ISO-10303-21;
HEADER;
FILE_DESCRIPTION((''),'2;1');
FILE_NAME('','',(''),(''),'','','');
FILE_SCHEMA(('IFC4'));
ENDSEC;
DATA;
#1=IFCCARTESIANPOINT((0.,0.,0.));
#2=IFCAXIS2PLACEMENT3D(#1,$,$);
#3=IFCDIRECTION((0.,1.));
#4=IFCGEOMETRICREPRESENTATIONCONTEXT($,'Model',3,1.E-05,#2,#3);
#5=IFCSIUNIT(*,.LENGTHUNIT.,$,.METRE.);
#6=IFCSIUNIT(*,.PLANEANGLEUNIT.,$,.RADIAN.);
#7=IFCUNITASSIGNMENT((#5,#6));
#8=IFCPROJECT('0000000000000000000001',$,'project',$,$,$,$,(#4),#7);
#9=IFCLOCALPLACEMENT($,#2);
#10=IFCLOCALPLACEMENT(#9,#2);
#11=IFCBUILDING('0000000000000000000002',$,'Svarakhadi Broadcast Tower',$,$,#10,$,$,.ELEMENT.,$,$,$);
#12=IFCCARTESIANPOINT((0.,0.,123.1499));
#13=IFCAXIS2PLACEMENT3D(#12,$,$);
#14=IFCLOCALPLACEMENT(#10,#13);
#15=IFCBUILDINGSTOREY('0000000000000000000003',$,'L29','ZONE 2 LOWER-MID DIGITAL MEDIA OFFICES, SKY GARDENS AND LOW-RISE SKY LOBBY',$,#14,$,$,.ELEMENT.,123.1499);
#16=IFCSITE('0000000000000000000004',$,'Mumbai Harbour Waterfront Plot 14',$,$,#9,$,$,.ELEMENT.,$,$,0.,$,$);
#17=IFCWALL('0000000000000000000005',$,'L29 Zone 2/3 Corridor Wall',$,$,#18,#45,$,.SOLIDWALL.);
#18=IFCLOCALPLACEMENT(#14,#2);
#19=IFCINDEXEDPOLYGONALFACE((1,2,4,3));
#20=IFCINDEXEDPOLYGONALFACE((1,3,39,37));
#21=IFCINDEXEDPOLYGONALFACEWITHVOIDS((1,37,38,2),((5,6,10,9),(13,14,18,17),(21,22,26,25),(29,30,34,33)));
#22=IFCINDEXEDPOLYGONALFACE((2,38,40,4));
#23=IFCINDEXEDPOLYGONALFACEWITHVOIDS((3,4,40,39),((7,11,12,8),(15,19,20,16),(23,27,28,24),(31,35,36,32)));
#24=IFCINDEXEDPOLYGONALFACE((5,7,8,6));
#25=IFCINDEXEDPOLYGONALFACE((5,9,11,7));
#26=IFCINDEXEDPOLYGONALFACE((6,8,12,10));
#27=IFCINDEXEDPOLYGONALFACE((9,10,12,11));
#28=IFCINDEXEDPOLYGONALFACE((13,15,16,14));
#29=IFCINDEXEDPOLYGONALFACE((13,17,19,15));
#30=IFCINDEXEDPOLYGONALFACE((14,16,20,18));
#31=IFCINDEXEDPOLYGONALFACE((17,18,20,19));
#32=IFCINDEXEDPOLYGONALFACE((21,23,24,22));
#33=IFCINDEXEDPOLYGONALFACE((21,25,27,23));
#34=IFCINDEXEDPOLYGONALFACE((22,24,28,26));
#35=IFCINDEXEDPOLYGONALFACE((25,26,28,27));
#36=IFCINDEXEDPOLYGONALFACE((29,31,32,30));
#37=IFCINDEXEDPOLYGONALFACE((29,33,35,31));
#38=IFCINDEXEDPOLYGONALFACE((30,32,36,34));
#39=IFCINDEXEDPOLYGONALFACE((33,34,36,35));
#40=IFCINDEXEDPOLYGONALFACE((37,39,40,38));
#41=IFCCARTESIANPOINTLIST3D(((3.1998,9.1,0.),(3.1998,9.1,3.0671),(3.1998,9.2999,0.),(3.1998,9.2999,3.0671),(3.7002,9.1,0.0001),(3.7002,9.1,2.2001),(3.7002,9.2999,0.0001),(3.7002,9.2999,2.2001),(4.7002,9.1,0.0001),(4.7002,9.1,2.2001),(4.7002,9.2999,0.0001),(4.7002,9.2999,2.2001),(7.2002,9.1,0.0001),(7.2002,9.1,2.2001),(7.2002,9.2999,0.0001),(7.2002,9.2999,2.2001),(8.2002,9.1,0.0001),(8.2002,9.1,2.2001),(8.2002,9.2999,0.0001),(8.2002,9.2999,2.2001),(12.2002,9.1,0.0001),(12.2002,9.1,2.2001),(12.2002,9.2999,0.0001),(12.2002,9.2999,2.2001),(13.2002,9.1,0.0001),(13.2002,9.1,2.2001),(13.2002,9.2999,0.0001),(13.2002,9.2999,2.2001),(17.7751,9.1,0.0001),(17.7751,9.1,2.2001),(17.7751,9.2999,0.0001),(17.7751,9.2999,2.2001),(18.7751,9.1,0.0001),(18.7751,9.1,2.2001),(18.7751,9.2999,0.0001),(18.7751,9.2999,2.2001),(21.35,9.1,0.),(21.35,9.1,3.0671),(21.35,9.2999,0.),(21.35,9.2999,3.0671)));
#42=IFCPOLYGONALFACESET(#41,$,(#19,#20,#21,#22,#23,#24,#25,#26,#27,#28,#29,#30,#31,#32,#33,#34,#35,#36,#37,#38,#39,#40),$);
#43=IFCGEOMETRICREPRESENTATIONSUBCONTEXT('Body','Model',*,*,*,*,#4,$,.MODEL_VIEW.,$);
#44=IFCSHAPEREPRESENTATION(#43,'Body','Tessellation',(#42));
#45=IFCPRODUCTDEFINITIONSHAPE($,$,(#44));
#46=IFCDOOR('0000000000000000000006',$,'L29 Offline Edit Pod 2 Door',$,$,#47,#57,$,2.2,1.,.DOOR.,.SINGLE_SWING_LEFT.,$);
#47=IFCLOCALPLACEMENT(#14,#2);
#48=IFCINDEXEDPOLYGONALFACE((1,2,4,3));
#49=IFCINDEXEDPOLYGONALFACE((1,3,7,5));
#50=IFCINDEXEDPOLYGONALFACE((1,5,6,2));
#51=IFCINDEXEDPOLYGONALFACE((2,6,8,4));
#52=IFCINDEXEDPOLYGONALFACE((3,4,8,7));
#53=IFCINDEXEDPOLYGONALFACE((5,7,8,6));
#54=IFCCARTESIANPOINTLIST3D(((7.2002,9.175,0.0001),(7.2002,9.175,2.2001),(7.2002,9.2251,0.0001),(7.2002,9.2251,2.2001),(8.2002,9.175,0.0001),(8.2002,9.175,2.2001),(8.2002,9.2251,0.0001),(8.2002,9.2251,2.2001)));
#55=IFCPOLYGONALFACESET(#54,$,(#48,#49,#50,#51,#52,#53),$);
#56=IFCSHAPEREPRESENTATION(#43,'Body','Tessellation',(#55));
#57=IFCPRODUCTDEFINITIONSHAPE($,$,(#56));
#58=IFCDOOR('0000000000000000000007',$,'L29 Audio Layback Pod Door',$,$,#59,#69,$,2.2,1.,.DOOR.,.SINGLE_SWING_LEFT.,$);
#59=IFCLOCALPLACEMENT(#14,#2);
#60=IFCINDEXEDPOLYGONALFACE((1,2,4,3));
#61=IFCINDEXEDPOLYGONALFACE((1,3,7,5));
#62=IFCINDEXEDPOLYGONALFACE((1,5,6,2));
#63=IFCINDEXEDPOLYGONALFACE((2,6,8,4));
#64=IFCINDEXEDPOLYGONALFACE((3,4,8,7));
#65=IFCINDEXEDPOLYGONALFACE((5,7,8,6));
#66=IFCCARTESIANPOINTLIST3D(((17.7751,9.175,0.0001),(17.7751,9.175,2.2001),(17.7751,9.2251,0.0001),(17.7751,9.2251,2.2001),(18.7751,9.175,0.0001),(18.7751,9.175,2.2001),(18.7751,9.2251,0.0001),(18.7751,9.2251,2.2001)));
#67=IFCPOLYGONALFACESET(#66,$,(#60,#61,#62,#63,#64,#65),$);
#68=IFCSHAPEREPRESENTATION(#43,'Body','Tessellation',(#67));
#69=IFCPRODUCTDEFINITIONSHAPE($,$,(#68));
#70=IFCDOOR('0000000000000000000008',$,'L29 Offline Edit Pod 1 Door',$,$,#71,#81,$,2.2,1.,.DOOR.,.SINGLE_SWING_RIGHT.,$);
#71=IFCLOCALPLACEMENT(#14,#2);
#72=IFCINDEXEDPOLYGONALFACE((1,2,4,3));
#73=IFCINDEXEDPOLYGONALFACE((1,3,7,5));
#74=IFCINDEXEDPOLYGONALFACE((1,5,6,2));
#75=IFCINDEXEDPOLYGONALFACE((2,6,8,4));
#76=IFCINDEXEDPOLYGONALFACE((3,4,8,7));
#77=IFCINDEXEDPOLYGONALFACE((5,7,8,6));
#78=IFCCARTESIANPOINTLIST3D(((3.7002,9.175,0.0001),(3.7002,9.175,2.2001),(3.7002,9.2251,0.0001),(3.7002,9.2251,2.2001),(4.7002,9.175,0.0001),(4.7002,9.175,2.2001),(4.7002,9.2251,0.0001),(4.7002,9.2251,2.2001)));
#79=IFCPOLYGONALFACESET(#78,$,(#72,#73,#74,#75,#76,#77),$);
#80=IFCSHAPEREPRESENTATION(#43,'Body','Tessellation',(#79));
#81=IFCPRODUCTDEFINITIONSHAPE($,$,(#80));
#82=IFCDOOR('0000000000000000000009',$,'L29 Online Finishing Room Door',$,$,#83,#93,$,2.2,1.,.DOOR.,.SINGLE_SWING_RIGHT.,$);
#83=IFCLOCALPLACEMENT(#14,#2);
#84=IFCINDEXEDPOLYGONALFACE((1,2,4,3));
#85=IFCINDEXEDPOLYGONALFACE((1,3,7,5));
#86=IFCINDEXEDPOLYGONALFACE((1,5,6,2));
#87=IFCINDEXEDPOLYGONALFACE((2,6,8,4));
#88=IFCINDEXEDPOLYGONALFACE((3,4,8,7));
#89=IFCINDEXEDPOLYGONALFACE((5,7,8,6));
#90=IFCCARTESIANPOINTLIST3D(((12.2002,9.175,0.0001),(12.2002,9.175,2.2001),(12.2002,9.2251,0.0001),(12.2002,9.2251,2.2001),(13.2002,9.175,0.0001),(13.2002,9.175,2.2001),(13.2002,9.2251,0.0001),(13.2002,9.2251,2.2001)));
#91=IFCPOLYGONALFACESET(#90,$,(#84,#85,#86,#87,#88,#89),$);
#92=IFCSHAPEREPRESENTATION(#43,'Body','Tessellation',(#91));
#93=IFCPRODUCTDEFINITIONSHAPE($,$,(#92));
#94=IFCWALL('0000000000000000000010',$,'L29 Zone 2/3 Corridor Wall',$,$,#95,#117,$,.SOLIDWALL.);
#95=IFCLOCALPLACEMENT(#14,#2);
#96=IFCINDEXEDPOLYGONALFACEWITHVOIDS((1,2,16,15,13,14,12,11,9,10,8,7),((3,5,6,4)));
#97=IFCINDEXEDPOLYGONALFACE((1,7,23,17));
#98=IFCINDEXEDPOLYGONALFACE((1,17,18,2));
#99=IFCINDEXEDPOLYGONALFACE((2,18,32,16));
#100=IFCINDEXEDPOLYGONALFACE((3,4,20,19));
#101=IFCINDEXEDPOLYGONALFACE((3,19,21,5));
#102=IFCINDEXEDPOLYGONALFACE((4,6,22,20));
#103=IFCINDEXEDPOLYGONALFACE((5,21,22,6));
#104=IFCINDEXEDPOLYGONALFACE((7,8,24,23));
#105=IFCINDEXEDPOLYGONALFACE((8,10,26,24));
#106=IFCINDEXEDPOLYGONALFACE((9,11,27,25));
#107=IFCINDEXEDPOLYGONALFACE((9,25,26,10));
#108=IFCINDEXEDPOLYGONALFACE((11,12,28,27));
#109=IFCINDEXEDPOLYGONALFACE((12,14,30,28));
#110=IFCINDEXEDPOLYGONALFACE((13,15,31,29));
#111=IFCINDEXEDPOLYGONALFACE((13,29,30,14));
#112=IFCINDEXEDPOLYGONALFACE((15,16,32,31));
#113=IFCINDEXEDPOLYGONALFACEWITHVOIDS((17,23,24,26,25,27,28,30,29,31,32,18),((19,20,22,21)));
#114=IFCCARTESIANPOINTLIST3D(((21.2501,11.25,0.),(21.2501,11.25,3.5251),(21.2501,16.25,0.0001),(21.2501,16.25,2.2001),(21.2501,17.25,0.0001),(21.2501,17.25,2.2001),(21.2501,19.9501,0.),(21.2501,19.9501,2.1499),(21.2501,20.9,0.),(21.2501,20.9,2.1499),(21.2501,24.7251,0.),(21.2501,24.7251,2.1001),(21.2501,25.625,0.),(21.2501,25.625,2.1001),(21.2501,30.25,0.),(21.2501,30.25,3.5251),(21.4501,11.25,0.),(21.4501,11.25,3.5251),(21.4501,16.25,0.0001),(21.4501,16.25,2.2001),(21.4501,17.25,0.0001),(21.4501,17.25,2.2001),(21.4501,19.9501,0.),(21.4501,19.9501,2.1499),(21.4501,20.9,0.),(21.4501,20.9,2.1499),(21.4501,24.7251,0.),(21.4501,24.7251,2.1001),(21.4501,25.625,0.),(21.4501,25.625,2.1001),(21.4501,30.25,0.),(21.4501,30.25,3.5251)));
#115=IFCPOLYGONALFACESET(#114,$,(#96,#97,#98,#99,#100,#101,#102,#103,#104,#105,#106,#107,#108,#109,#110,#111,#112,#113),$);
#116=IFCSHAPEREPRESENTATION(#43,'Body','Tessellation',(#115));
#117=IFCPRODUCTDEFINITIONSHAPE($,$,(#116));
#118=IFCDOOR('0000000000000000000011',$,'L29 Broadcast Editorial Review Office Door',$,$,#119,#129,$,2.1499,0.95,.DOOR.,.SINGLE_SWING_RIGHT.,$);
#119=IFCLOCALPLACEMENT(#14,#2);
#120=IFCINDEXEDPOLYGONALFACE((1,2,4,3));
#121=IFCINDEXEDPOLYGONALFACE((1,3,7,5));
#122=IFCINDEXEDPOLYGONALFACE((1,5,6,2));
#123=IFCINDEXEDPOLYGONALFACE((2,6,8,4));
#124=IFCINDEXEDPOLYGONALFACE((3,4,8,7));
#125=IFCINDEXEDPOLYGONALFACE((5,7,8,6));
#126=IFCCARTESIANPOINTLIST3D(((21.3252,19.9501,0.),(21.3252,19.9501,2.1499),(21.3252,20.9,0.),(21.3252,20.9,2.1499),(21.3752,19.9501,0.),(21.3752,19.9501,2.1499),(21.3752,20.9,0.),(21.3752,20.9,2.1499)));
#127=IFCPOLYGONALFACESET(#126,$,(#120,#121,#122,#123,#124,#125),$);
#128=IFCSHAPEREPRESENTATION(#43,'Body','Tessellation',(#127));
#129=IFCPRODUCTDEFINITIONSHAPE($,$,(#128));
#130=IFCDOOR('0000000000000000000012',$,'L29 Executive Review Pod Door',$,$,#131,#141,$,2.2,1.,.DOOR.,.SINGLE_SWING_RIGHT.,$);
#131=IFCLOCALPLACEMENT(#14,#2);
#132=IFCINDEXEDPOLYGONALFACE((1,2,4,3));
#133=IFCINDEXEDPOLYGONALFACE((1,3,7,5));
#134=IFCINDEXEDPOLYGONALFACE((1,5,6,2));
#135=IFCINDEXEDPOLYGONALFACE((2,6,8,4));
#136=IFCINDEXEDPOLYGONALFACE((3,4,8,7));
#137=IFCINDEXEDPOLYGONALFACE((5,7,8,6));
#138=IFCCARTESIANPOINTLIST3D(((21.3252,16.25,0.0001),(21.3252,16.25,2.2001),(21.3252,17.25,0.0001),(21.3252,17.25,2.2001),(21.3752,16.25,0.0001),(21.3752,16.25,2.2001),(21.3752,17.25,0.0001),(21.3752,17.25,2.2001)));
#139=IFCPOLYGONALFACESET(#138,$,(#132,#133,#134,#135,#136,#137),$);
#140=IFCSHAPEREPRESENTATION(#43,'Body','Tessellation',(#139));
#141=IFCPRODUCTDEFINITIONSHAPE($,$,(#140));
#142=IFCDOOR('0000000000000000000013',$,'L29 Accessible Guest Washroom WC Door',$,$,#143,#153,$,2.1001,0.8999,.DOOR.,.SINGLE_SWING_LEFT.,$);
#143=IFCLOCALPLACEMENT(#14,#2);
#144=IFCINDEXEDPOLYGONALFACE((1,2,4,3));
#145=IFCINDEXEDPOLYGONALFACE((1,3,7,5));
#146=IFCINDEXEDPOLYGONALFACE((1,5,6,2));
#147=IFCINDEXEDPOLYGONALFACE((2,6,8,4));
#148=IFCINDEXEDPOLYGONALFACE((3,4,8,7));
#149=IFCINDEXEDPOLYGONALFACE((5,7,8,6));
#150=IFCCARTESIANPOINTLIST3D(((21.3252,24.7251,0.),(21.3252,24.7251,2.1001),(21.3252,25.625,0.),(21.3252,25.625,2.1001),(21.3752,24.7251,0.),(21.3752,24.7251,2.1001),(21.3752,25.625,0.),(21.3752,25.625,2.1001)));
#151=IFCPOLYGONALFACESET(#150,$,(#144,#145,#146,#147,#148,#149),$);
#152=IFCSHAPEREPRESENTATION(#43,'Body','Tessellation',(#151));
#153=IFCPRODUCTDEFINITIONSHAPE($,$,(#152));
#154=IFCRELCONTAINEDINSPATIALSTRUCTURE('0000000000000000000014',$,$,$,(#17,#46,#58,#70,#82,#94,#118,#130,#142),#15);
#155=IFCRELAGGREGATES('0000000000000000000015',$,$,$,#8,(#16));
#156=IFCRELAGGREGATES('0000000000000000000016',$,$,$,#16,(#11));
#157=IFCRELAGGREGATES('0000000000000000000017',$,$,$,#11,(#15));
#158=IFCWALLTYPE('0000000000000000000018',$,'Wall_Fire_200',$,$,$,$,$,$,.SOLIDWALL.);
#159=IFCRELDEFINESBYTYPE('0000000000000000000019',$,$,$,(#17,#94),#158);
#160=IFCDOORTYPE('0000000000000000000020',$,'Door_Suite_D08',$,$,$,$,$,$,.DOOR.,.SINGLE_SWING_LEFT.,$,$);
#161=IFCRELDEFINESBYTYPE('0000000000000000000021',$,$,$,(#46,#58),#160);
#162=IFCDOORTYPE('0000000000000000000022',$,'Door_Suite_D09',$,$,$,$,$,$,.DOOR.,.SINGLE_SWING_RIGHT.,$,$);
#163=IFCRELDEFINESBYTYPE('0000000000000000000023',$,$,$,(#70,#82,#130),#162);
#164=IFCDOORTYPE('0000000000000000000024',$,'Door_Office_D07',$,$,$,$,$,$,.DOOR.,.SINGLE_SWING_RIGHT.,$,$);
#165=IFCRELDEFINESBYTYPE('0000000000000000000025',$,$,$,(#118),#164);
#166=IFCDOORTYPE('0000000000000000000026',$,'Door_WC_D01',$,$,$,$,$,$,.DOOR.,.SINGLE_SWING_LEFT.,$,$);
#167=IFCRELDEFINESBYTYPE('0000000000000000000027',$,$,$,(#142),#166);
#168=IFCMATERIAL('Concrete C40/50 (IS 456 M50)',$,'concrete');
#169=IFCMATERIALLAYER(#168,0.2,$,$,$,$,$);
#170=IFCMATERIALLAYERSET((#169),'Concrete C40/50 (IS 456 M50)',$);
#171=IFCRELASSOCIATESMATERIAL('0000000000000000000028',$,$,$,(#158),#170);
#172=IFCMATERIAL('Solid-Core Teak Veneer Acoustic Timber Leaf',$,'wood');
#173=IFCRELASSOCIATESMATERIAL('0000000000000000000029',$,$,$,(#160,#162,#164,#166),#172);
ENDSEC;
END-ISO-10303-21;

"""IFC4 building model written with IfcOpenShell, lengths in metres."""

from ifc_helpers import new_model, si_unit, direction, frame, frame_2d, origin, place, context, subcontext, project, spatial, rectangle, extrude, material, layer, layer_set, type_object, element, fill, save


model = new_model("IFC4")

# Units and contexts
model_context = context("Model", 3, precision=1e-05, world=origin(), true_north=direction((0.0, 1.0)))
body_context = subcontext(model_context, "Body", "Model", "MODEL_VIEW")
ifc_project = project(units=[si_unit("LENGTHUNIT", "METRE"), si_unit("PLANEANGLEUNIT", "RADIAN")], contexts=[model_context])

# Site, building, storey
site_placement = place(None, origin())
site = spatial("IfcSite", under=ifc_project, at=site_placement, Name="Mumbai Harbour Waterfront Plot 14", CompositionType="ELEMENT", RefElevation=0.0)
building_placement = place(site_placement, origin())
building = spatial("IfcBuilding", under=site, at=building_placement, Name="Svarakhadi Broadcast Tower", CompositionType="ELEMENT")
storey_placement = place(building_placement, frame((0.0, 0.0, 123.1499)))
storey = spatial("IfcBuildingStorey", under=building, at=storey_placement, Name="L29", Description="ZONE 2 LOWER-MID DIGITAL MEDIA OFFICES, SKY GARDENS AND LOW-RISE SKY LOBBY", CompositionType="ELEMENT", Elevation=123.1499)

# Shared definitions
ifc_material_1 = material(Name="Concrete C40/50 (IS 456 M50)", Category="concrete")
ifc_layer_1 = layer(ifc_material_1, 0.2)
ifc_layer_set_1 = layer_set([ifc_layer_1], Name="Concrete C40/50 (IS 456 M50)")
wall_type_1 = type_object("IfcWallType", Name="Wall_Fire_200", PredefinedType="SOLIDWALL", material=ifc_layer_set_1)

# Walls, openings, doors
wall_1_placement = place(storey_placement, frame((21.3501, 9.2, 0.0), z_axis=(0.0, 0.0, 1.0), x_axis=(-1.0, 0.0, 0.0)))
wall_1 = element("IfcWall", 1, at=wall_1_placement, inside=storey, type_object=wall_type_1, Name="L29 Zone 2/3 Corridor Wall", PredefinedType="SOLIDWALL", context=body_context, shape_type="SweptSolid", body=[
    extrude(rectangle(XDim=18.1501, YDim=0.2, at=frame_2d((9.0752, 0.0))), origin(), (0.0, 0.0, 1.0), 3.0671),
])
opening_1_placement = place(wall_1_placement, frame((16.6499, 0.0, 0.0)))
opening_1 = element("IfcOpeningElement", 2, at=opening_1_placement, cuts=wall_1, PredefinedType="OPENING", context=body_context, shape_type="SweptSolid", body=[
    extrude(rectangle(XDim=1.0, YDim=2.2, at=frame_2d((0.5, 1.1001))), frame((0.0, 0.1099, 0.0), z_axis=(0.0, -1.0, 0.0), x_axis=(1.0, 0.0, 0.0)), (0.0, 0.0, 1.0), 0.22),
])
opening_2_placement = place(wall_1_placement, frame((13.1499, 0.0, 0.0)))
opening_2 = element("IfcOpeningElement", 3, at=opening_2_placement, cuts=wall_1, PredefinedType="OPENING", context=body_context, shape_type="SweptSolid", body=[
    extrude(rectangle(XDim=1.0, YDim=2.2, at=frame_2d((0.5, 1.1001))), frame((0.0, 0.1099, 0.0), z_axis=(0.0, -1.0, 0.0), x_axis=(1.0, 0.0, 0.0)), (0.0, 0.0, 1.0), 0.22),
])
opening_3_placement = place(wall_1_placement, frame((8.1499, 0.0, 0.0)))
opening_3 = element("IfcOpeningElement", 4, at=opening_3_placement, cuts=wall_1, PredefinedType="OPENING", context=body_context, shape_type="SweptSolid", body=[
    extrude(rectangle(XDim=1.0, YDim=2.2, at=frame_2d((0.5, 1.1001))), frame((0.0, 0.1099, 0.0), z_axis=(0.0, -1.0, 0.0), x_axis=(1.0, 0.0, 0.0)), (0.0, 0.0, 1.0), 0.22),
])
opening_4_placement = place(wall_1_placement, frame((2.575, 0.0, 0.0)))
opening_4 = element("IfcOpeningElement", 5, at=opening_4_placement, cuts=wall_1, PredefinedType="OPENING", context=body_context, shape_type="SweptSolid", body=[
    extrude(rectangle(XDim=1.0, YDim=2.2, at=frame_2d((0.5, 1.1001))), frame((0.0, 0.1099, 0.0), z_axis=(0.0, -1.0, 0.0), x_axis=(1.0, 0.0, 0.0)), (0.0, 0.0, 1.0), 0.22),
])
ifc_material_2 = material(Name="Solid-Core Teak Veneer Acoustic Timber Leaf", Category="wood")
door_type_1 = type_object("IfcDoorType", Name="Door_Suite_D08", OperationType="SINGLE_SWING_LEFT", PredefinedType="DOOR", material=ifc_material_2)
door_1_placement = place(opening_2_placement, origin())
door_1 = element("IfcDoor", 6, at=door_1_placement, inside=storey, type_object=door_type_1, Name="L29 Offline Edit Pod 2 Door", OperationType="SINGLE_SWING_LEFT", OverallHeight=2.2, OverallWidth=1.0, PredefinedType="DOOR", context=body_context, shape_type="SweptSolid", body=[
    extrude(rectangle(XDim=1.0, YDim=2.2, at=frame_2d((0.5, 1.1001))), frame((0.0, 0.0249, 0.0), z_axis=(0.0, -1.0, 0.0), x_axis=(1.0, 0.0, 0.0)), (0.0, 0.0, 1.0), 0.05),
])
fill(opening_2, door_1)
door_2_placement = place(opening_4_placement, origin())
door_2 = element("IfcDoor", 7, at=door_2_placement, inside=storey, type_object=door_type_1, Name="L29 Audio Layback Pod Door", OperationType="SINGLE_SWING_LEFT", OverallHeight=2.2, OverallWidth=1.0, PredefinedType="DOOR", context=body_context, shape_type="SweptSolid", body=[
    extrude(rectangle(XDim=1.0, YDim=2.2, at=frame_2d((0.5, 1.1001))), frame((0.0, 0.0249, 0.0), z_axis=(0.0, -1.0, 0.0), x_axis=(1.0, 0.0, 0.0)), (0.0, 0.0, 1.0), 0.05),
])
fill(opening_4, door_2)
door_type_2 = type_object("IfcDoorType", Name="Door_Suite_D09", OperationType="SINGLE_SWING_RIGHT", PredefinedType="DOOR", material=ifc_material_2)
door_3_placement = place(opening_1_placement, origin())
door_3 = element("IfcDoor", 8, at=door_3_placement, inside=storey, type_object=door_type_2, Name="L29 Offline Edit Pod 1 Door", OperationType="SINGLE_SWING_RIGHT", OverallHeight=2.2, OverallWidth=1.0, PredefinedType="DOOR", context=body_context, shape_type="SweptSolid", body=[
    extrude(rectangle(XDim=1.0, YDim=2.2, at=frame_2d((0.5, 1.1001))), frame((0.0, 0.0249, 0.0), z_axis=(0.0, -1.0, 0.0), x_axis=(1.0, 0.0, 0.0)), (0.0, 0.0, 1.0), 0.05),
])
fill(opening_1, door_3)
door_4_placement = place(opening_3_placement, origin())
door_4 = element("IfcDoor", 9, at=door_4_placement, inside=storey, type_object=door_type_2, Name="L29 Online Finishing Room Door", OperationType="SINGLE_SWING_RIGHT", OverallHeight=2.2, OverallWidth=1.0, PredefinedType="DOOR", context=body_context, shape_type="SweptSolid", body=[
    extrude(rectangle(XDim=1.0, YDim=2.2, at=frame_2d((0.5, 1.1001))), frame((0.0, 0.0249, 0.0), z_axis=(0.0, -1.0, 0.0), x_axis=(1.0, 0.0, 0.0)), (0.0, 0.0, 1.0), 0.05),
])
fill(opening_3, door_4)
wall_2_placement = place(storey_placement, frame((21.3501, 11.25, 0.0), z_axis=(0.0, 0.0, 1.0), x_axis=(0.0, 1.0, 0.0)))
wall_2 = element("IfcWall", 10, at=wall_2_placement, inside=storey, type_object=wall_type_1, Name="L29 Zone 2/3 Corridor Wall", PredefinedType="SOLIDWALL", context=body_context, shape_type="SweptSolid", body=[
    extrude(rectangle(XDim=19.0, YDim=0.2, at=frame_2d((9.5, 0.0))), origin(), (0.0, 0.0, 1.0), 3.5251),
])
opening_5_placement = place(wall_2_placement, frame((8.7, 0.0, 0.0)))
opening_5 = element("IfcOpeningElement", 11, at=opening_5_placement, cuts=wall_2, PredefinedType="OPENING", context=body_context, shape_type="SweptSolid", body=[
    extrude(rectangle(XDim=0.95, YDim=2.1499, at=frame_2d((0.4751, 1.075))), frame((0.0, 0.1099, 0.0), z_axis=(0.0, -1.0, 0.0), x_axis=(1.0, 0.0, 0.0)), (0.0, 0.0, 1.0), 0.22),
])
opening_6_placement = place(wall_2_placement, frame((13.4751, 0.0, 0.0)))
opening_6 = element("IfcOpeningElement", 12, at=opening_6_placement, cuts=wall_2, PredefinedType="OPENING", context=body_context, shape_type="SweptSolid", body=[
    extrude(rectangle(XDim=0.8999, YDim=2.1001, at=frame_2d((0.45, 1.05))), frame((0.0, 0.1099, 0.0), z_axis=(0.0, -1.0, 0.0), x_axis=(1.0, 0.0, 0.0)), (0.0, 0.0, 1.0), 0.22),
])
opening_7_placement = place(wall_2_placement, frame((5.0, 0.0, 0.0)))
opening_7 = element("IfcOpeningElement", 13, at=opening_7_placement, cuts=wall_2, PredefinedType="OPENING", context=body_context, shape_type="SweptSolid", body=[
    extrude(rectangle(XDim=1.0, YDim=2.2, at=frame_2d((0.5, 1.1001))), frame((0.0, 0.1099, 0.0), z_axis=(0.0, -1.0, 0.0), x_axis=(1.0, 0.0, 0.0)), (0.0, 0.0, 1.0), 0.22),
])
door_type_3 = type_object("IfcDoorType", Name="Door_Office_D07", OperationType="SINGLE_SWING_RIGHT", PredefinedType="DOOR", material=ifc_material_2)
door_5_placement = place(opening_5_placement, origin())
door_5 = element("IfcDoor", 14, at=door_5_placement, inside=storey, type_object=door_type_3, Name="L29 Broadcast Editorial Review Office Door", OperationType="SINGLE_SWING_RIGHT", OverallHeight=2.1499, OverallWidth=0.95, PredefinedType="DOOR", context=body_context, shape_type="SweptSolid", body=[
    extrude(rectangle(XDim=0.95, YDim=2.1499, at=frame_2d((0.4751, 1.075))), frame((0.0, 0.0249, 0.0), z_axis=(0.0, -1.0, 0.0), x_axis=(1.0, 0.0, 0.0)), (0.0, 0.0, 1.0), 0.05),
])
fill(opening_5, door_5)
door_6_placement = place(opening_7_placement, origin())
door_6 = element("IfcDoor", 15, at=door_6_placement, inside=storey, type_object=door_type_2, Name="L29 Executive Review Pod Door", OperationType="SINGLE_SWING_RIGHT", OverallHeight=2.2, OverallWidth=1.0, PredefinedType="DOOR", context=body_context, shape_type="SweptSolid", body=[
    extrude(rectangle(XDim=1.0, YDim=2.2, at=frame_2d((0.5, 1.1001))), frame((0.0, 0.0249, 0.0), z_axis=(0.0, -1.0, 0.0), x_axis=(1.0, 0.0, 0.0)), (0.0, 0.0, 1.0), 0.05),
])
fill(opening_7, door_6)
door_type_4 = type_object("IfcDoorType", Name="Door_WC_D01", OperationType="SINGLE_SWING_LEFT", PredefinedType="DOOR", material=ifc_material_2)
door_7_placement = place(opening_6_placement, origin())
door_7 = element("IfcDoor", 16, at=door_7_placement, inside=storey, type_object=door_type_4, Name="L29 Accessible Guest Washroom WC Door", OperationType="SINGLE_SWING_LEFT", OverallHeight=2.1001, OverallWidth=0.8999, PredefinedType="DOOR", context=body_context, shape_type="SweptSolid", body=[
    extrude(rectangle(XDim=0.8999, YDim=2.1001, at=frame_2d((0.45, 1.05))), frame((0.0, 0.0249, 0.0), z_axis=(0.0, -1.0, 0.0), x_axis=(1.0, 0.0, 0.0)), (0.0, 0.0, 1.0), 0.05),
])
fill(opening_6, door_7)

save(model, "model.ifc")
